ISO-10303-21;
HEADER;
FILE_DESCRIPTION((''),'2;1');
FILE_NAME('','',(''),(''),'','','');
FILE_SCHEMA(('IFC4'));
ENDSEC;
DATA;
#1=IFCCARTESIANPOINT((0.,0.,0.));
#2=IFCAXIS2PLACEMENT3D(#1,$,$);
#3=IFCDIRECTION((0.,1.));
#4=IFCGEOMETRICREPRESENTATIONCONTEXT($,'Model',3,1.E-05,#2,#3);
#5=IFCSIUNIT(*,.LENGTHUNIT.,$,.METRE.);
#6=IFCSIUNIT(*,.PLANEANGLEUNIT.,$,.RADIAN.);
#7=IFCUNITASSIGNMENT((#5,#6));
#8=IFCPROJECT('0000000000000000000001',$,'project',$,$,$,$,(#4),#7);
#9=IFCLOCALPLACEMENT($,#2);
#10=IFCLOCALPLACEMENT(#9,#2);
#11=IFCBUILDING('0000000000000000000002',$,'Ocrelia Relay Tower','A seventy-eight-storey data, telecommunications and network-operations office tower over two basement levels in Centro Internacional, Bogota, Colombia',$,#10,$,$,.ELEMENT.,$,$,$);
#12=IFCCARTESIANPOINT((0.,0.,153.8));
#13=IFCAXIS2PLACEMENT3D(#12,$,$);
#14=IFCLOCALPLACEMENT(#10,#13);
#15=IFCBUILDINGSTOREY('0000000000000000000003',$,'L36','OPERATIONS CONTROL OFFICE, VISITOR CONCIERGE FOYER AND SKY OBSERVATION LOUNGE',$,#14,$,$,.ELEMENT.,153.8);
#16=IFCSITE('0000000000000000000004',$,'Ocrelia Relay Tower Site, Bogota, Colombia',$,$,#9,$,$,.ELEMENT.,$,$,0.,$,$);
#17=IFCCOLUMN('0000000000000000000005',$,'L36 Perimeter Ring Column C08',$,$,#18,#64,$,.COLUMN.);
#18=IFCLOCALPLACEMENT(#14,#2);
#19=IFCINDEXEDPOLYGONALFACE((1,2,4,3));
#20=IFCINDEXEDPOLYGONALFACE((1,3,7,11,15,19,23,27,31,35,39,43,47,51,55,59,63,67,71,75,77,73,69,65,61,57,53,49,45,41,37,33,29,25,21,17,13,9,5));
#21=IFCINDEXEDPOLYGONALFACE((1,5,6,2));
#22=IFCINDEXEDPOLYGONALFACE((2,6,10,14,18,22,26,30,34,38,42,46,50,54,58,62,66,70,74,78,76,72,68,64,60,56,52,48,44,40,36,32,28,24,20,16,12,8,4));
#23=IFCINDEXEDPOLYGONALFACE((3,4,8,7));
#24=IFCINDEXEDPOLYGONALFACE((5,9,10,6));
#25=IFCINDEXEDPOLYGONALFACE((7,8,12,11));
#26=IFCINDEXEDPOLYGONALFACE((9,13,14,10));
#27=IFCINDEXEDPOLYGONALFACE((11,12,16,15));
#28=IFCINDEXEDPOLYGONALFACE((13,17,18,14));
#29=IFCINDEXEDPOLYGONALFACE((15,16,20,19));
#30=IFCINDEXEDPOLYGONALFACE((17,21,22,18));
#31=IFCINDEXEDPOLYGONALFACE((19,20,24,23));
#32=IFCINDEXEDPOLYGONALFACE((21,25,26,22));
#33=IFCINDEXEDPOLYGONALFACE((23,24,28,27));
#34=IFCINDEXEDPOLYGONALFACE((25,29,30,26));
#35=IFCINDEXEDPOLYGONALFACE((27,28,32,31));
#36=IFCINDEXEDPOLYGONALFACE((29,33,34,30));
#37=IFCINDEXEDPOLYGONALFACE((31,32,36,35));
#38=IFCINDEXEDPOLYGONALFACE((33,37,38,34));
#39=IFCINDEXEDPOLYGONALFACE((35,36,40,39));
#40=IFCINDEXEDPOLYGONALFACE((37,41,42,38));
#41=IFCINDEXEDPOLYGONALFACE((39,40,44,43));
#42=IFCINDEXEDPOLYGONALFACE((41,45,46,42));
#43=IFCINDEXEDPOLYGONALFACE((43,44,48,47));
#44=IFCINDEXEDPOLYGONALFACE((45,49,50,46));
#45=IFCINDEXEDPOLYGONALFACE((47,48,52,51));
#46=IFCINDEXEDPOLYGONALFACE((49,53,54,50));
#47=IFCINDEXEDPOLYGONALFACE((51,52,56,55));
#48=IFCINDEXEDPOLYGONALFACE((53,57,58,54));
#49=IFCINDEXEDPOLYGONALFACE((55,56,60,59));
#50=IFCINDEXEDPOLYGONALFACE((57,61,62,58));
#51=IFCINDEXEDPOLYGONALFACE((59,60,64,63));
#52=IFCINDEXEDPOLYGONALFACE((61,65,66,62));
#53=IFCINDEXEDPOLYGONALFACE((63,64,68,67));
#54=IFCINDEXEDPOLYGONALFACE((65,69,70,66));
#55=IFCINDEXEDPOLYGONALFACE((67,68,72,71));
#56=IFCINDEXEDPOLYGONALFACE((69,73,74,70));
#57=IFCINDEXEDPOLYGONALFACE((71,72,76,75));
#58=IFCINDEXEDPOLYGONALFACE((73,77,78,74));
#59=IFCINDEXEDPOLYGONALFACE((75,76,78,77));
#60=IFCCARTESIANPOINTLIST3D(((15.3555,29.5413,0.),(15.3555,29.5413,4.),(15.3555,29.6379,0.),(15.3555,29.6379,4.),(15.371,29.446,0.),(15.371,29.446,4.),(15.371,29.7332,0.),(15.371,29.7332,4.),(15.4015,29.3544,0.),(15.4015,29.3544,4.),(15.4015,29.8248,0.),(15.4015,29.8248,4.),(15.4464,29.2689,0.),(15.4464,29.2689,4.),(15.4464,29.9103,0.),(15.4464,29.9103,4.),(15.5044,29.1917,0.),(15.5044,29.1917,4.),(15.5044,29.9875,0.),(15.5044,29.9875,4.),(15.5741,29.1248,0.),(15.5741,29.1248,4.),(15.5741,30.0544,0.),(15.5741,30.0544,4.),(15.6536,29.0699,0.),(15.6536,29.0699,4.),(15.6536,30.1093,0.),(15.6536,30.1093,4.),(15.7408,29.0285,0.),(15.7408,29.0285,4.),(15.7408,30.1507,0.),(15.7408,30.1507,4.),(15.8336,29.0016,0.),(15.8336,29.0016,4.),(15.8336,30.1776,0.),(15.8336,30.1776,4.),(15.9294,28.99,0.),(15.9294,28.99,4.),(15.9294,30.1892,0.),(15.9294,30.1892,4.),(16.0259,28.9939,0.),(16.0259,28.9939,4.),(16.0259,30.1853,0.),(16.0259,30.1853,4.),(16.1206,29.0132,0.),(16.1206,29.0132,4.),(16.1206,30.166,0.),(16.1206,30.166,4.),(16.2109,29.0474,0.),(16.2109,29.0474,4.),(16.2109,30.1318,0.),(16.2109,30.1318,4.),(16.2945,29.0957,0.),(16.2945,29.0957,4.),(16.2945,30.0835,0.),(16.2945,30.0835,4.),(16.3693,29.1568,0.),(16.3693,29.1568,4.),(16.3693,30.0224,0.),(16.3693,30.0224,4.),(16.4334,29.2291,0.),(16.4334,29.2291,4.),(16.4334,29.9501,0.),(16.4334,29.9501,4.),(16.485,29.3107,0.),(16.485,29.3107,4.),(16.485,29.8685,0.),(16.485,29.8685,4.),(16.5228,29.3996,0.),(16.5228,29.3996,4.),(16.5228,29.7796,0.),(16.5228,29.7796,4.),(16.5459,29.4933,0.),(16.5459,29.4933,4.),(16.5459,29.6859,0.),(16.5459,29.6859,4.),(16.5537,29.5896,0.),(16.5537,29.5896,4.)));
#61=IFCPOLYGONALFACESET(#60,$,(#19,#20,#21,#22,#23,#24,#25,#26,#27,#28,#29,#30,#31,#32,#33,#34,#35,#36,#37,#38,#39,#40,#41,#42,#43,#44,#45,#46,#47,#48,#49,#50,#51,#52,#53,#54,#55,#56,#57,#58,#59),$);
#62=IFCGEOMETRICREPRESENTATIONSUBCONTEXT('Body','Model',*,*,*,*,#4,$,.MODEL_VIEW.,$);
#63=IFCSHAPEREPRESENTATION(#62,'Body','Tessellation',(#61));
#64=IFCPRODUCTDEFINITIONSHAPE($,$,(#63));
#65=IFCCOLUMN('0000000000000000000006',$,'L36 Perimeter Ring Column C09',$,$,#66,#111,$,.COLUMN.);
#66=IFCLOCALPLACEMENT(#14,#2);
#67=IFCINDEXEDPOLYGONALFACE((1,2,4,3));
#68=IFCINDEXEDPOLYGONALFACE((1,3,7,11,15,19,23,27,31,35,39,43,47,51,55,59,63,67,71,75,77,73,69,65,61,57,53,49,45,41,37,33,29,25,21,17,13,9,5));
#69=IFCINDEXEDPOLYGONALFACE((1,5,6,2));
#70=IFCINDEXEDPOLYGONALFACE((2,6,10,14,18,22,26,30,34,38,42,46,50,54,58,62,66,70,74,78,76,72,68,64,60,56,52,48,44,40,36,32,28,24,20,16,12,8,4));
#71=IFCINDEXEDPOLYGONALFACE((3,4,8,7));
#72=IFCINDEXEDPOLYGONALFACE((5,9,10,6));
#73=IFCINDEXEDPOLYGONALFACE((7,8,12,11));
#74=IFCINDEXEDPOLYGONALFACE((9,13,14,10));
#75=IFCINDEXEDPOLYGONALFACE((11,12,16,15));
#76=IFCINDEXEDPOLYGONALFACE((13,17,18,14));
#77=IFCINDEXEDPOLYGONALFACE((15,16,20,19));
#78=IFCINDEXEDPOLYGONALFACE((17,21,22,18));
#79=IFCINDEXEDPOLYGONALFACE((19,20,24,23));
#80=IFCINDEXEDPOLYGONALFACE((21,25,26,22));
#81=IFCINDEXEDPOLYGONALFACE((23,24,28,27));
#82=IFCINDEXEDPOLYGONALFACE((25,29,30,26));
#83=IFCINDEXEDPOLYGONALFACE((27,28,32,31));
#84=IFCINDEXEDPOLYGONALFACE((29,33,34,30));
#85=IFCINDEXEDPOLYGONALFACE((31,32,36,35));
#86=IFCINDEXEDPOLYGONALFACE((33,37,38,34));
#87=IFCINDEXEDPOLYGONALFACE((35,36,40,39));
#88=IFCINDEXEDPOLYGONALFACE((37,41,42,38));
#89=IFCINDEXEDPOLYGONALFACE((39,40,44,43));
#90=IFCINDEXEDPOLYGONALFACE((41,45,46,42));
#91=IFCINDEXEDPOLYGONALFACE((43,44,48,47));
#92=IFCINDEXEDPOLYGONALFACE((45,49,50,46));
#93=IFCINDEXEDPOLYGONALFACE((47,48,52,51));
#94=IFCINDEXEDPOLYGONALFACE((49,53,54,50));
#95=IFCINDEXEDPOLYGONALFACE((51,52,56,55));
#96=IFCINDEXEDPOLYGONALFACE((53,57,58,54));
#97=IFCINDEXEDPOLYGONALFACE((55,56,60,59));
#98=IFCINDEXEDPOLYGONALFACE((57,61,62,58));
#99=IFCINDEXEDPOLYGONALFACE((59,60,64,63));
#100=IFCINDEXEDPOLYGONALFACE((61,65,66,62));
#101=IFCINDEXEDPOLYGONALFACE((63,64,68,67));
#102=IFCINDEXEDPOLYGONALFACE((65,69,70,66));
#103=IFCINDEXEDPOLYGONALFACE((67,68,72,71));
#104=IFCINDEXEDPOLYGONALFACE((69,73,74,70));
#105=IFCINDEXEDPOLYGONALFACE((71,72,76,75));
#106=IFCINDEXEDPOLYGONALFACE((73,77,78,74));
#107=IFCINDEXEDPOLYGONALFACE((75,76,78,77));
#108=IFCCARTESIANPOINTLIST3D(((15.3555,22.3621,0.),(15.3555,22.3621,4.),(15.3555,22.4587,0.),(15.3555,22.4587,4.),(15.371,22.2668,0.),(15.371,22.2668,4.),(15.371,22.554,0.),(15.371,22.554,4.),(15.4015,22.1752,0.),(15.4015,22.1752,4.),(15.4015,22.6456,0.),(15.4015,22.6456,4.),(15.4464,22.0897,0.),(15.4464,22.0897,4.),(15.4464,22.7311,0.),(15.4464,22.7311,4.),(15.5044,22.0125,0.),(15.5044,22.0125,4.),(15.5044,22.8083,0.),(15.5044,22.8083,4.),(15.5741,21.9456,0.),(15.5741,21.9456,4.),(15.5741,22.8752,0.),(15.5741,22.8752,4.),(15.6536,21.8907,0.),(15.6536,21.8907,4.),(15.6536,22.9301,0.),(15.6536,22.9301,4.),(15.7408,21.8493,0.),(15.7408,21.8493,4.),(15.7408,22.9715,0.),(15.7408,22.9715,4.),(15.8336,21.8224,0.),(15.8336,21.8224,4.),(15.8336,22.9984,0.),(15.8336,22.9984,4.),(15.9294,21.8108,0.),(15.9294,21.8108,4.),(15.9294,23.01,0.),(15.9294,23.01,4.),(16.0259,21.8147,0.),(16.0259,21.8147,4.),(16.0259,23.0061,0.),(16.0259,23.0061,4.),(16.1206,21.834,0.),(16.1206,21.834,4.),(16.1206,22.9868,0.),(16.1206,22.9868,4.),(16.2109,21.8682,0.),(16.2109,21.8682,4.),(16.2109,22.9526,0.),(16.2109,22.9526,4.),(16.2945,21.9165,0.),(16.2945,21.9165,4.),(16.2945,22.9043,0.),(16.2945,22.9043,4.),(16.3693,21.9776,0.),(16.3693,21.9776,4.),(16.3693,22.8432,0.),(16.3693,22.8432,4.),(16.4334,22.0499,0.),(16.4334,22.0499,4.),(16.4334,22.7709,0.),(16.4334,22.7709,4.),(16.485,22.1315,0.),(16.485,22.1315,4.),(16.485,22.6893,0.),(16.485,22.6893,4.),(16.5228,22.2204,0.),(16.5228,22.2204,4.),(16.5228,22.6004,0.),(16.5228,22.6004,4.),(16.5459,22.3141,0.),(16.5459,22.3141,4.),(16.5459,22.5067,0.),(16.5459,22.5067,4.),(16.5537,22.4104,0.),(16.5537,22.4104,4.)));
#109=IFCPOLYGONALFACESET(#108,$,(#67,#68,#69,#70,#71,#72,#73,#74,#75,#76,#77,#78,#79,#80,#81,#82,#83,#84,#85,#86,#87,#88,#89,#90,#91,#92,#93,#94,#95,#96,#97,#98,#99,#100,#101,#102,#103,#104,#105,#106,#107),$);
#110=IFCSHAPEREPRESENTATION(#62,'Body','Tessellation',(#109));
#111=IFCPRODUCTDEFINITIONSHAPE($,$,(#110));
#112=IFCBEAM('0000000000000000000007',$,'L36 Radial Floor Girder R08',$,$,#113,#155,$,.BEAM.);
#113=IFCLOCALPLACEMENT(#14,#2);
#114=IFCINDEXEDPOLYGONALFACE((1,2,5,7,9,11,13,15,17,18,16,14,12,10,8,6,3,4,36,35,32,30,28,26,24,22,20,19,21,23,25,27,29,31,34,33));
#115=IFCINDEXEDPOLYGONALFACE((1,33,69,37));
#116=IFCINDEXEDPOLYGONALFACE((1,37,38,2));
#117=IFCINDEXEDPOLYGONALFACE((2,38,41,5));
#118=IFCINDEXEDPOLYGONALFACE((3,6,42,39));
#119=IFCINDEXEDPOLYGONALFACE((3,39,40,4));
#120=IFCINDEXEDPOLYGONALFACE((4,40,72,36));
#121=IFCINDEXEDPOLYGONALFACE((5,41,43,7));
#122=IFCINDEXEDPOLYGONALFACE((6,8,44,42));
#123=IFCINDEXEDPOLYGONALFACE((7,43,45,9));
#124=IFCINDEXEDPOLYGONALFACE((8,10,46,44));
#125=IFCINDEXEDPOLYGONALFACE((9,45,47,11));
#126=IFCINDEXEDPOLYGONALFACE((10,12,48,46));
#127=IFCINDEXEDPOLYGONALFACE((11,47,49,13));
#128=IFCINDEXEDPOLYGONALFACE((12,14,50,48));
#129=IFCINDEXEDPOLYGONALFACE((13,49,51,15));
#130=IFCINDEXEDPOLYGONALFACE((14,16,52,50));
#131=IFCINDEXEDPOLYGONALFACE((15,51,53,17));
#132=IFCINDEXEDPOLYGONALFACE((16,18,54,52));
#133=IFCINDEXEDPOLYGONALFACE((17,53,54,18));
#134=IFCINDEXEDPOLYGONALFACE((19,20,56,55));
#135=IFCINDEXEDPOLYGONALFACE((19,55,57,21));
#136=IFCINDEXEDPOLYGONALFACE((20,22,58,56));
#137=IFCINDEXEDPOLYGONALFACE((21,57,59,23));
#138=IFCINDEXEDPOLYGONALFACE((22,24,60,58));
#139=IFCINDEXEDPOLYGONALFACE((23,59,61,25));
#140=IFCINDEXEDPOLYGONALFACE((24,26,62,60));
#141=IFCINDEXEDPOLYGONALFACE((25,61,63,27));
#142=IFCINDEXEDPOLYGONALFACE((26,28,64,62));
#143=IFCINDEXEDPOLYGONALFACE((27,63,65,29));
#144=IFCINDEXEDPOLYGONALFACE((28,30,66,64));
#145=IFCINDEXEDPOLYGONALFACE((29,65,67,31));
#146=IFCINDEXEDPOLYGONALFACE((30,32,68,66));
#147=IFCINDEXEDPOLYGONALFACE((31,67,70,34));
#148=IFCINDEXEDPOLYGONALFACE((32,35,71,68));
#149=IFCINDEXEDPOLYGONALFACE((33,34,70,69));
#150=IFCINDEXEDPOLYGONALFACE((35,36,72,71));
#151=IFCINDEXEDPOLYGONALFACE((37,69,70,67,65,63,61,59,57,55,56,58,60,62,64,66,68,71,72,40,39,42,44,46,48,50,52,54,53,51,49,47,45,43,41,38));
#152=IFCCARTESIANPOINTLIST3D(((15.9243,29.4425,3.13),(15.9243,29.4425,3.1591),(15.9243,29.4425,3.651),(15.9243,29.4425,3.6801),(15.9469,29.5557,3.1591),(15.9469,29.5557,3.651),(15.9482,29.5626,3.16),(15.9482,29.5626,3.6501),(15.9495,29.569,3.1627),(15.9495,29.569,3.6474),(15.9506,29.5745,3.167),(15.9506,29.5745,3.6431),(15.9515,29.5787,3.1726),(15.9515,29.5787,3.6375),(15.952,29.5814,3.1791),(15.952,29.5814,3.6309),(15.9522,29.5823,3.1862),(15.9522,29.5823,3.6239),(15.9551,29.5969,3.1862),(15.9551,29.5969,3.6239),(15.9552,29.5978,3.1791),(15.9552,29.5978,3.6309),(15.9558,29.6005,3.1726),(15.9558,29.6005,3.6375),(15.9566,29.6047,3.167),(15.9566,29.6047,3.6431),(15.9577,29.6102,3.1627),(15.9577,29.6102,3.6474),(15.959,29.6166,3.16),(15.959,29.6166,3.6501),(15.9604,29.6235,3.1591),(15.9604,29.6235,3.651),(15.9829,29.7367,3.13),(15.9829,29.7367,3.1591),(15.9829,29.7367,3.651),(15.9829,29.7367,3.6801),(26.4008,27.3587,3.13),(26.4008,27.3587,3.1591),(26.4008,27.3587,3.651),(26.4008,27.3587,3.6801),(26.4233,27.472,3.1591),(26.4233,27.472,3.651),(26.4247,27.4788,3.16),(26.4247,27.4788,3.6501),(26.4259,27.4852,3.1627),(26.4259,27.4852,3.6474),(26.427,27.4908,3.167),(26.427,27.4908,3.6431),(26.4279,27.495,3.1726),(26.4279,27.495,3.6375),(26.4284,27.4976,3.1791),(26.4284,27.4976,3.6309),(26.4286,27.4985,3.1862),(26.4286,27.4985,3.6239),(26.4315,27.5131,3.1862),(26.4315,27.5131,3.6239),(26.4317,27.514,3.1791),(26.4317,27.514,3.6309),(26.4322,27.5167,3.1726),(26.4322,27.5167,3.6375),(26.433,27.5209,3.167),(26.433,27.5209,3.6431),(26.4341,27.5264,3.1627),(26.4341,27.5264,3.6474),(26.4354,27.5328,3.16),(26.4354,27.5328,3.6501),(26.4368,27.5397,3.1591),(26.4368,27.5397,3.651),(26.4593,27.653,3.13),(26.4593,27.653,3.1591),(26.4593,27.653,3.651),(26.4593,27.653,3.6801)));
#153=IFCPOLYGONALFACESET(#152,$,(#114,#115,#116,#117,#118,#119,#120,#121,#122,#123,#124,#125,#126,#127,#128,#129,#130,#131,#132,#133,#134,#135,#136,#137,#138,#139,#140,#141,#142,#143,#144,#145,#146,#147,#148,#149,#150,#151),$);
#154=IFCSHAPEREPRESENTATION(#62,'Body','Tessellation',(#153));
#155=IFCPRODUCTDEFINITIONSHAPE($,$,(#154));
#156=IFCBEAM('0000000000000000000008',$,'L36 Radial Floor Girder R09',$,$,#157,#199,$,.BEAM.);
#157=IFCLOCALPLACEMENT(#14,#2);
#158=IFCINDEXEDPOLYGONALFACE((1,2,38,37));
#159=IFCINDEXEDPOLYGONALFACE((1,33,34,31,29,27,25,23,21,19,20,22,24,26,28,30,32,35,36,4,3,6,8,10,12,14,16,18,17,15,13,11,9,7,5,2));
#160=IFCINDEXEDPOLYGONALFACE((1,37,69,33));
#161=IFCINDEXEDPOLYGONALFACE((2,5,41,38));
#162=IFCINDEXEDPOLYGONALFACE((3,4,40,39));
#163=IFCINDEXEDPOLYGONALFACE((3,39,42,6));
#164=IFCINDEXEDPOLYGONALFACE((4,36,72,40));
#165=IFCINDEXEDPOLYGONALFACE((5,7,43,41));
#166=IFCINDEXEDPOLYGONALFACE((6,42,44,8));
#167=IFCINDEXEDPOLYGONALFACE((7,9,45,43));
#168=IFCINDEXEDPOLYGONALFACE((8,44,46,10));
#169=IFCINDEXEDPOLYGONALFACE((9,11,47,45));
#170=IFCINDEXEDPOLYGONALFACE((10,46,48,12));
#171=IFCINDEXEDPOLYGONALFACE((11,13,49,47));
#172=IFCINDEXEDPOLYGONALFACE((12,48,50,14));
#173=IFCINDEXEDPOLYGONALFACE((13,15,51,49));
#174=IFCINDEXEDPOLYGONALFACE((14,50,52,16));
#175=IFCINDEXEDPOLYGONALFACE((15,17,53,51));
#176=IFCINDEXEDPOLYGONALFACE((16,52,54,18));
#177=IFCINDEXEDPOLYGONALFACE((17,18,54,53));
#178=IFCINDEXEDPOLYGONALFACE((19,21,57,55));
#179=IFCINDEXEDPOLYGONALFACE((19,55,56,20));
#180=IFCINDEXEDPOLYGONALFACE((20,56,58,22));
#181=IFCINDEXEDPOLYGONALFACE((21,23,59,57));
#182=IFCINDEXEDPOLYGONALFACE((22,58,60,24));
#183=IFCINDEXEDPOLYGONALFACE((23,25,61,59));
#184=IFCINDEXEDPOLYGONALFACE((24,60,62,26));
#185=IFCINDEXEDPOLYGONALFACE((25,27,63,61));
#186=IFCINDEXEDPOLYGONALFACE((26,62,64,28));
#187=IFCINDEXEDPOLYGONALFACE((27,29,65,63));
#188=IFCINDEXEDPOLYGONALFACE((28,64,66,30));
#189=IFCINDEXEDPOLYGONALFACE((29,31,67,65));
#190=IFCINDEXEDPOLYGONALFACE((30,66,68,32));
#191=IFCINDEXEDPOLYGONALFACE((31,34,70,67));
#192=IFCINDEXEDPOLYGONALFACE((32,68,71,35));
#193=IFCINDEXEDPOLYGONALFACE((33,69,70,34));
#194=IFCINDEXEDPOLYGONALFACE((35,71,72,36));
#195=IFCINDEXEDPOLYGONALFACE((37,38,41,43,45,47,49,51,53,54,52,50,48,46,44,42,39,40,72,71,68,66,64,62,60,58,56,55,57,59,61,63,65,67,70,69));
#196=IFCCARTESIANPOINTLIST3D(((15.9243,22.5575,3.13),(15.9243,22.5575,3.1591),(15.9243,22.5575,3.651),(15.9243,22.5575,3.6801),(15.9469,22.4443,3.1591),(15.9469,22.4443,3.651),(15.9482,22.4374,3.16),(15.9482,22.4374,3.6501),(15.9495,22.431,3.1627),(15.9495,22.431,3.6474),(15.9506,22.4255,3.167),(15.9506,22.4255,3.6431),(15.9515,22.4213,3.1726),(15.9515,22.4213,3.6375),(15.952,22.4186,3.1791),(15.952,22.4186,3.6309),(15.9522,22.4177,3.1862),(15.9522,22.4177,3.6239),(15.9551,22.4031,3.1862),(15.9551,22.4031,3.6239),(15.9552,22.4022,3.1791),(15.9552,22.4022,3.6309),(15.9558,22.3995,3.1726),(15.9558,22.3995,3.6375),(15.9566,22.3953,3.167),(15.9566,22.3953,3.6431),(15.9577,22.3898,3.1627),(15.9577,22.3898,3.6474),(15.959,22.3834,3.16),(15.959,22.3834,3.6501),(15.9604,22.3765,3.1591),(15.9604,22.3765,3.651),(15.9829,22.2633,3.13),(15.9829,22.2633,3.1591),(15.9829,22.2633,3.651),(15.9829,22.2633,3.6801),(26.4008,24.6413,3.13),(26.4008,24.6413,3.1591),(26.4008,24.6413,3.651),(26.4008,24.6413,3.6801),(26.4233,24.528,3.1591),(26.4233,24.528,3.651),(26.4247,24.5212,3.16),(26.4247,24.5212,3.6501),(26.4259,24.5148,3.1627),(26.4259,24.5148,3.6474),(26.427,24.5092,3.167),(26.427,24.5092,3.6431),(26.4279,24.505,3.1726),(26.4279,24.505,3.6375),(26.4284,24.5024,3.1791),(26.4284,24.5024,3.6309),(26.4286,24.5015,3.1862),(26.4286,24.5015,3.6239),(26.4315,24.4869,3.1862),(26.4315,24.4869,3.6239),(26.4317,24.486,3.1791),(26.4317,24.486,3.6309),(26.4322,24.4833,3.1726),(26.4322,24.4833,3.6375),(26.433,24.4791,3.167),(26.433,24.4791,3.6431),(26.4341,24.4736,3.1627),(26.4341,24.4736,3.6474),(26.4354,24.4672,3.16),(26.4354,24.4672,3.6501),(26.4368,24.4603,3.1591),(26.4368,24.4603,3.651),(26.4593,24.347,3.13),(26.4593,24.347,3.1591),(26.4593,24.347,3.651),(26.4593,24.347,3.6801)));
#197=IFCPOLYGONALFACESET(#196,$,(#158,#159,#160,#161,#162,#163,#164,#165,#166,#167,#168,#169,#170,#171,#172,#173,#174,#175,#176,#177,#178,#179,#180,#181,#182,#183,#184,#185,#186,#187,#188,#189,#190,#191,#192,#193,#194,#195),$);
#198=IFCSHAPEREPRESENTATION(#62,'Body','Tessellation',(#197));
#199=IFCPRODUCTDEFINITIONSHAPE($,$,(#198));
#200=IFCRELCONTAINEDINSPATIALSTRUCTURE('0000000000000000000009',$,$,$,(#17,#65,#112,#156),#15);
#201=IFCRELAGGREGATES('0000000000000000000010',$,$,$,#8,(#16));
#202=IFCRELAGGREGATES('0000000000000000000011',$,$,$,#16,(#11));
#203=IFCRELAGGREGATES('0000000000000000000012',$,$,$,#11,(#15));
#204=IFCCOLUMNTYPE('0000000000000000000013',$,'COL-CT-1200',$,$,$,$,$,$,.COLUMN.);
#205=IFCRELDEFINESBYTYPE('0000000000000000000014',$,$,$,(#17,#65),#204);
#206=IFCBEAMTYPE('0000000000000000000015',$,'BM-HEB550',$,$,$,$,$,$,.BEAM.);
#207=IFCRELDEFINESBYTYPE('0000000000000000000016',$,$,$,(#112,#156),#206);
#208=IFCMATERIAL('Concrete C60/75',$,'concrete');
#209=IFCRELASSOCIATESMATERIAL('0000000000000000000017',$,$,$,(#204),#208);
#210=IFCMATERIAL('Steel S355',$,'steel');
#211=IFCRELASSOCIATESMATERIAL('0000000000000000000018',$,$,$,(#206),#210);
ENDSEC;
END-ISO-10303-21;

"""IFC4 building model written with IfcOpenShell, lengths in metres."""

from ifc_helpers import new_model, si_unit, direction, frame, origin, origin_2d, place, context, subcontext, project, spatial, circle, i_section, extrude, material, material_profile, profile_set, type_object, element, save


model = new_model("IFC4")

# Units and contexts
model_context = context("Model", 3, precision=1e-05, world=origin(), true_north=direction((0.0, 1.0)))
body_context = subcontext(model_context, "Body", "Model", "MODEL_VIEW")
ifc_project = project(units=[si_unit("LENGTHUNIT", "METRE"), si_unit("PLANEANGLEUNIT", "RADIAN")], contexts=[model_context])

# Site, building, storey
site_placement = place(None, origin())
site = spatial("IfcSite", under=ifc_project, at=site_placement, Name="Ocrelia Relay Tower Site, Bogota, Colombia", CompositionType="ELEMENT", RefElevation=0.0)
building_placement = place(site_placement, origin())
building = spatial("IfcBuilding", under=site, at=building_placement, Name="Ocrelia Relay Tower", Description="A seventy-eight-storey data, telecommunications and network-operations office tower over two basement levels in Centro Internacional, Bogota, Colombia", CompositionType="ELEMENT")
storey_placement = place(building_placement, frame((0.0, 0.0, 153.8)))
storey = spatial("IfcBuildingStorey", under=building, at=storey_placement, Name="L36", Description="OPERATIONS CONTROL OFFICE, VISITOR CONCIERGE FOYER AND SKY OBSERVATION LOUNGE", CompositionType="ELEMENT", Elevation=153.8)

# Columns
ifc_material_1 = material(Name="Concrete C60/75", Category="concrete")
ifc_material_profile_1 = material_profile(ifc_material_1, circle(Radius=0.6001, at=origin_2d()), Name="RC-CIR-1200")
ifc_profile_set_1 = profile_set([ifc_material_profile_1], Name="Concrete C60/75")
column_type = type_object("IfcColumnType", Name="COL-CT-1200", PredefinedType="COLUMN", material=ifc_profile_set_1)
for number, where, z_axis, x_axis, name in (
    (1, (15.9536, 29.5896, 0.0), (0.0, 0.0, 1.0), (1.0, 0.0, 0.0), "L36 Perimeter Ring Column C08"),
    (2, (15.9536, 22.4104, 0.0), (0.0, 0.0, 1.0), (1.0, 0.0, 0.0), "L36 Perimeter Ring Column C09"),
):
    element("IfcColumn", number, at=place(storey_placement, frame(where, z_axis=z_axis, x_axis=x_axis)), inside=storey, type_object=column_type, Name=name, PredefinedType="COLUMN", context=body_context, shape_type="SweptSolid", body=[
        extrude(circle(Radius=0.6001, at=origin_2d()), origin(), (0.0, 0.0, 1.0), 4.0),
    ])

# Beams
ifc_material_2 = material(Name="Steel S355", Category="steel")
ifc_material_profile_2 = material_profile(ifc_material_2, i_section(OverallWidth=0.3, OverallDepth=0.55, WebThickness=0.0149, FlangeThickness=0.0291, FilletRadius=0.0271, at=origin_2d()), Name="HEB 550")
ifc_profile_set_2 = profile_set([ifc_material_profile_2], Name="Steel S355")
beam_type_1 = type_object("IfcBeamType", Name="BM-HEB550", PredefinedType="BEAM", material=ifc_profile_set_2)
for number, where, z_axis, x_axis, name in (
    (3, (15.9536, 29.5896, 3.405), (0.980788, -0.195079, 0.0), (0.195079, 0.980788, 0.0), "L36 Radial Floor Girder R08"),
    (4, (15.9536, 22.4104, 3.405), (0.980788, 0.195079, 0.0), (-0.195079, 0.980788, 0.0), "L36 Radial Floor Girder R09"),
):
    element("IfcBeam", number, at=place(storey_placement, frame(where, z_axis=z_axis, x_axis=x_axis)), inside=storey, type_object=beam_type_1, Name=name, PredefinedType="BEAM", context=body_context, shape_type="SweptSolid", body=[
        extrude(i_section(OverallWidth=0.3, OverallDepth=0.55, WebThickness=0.0149, FlangeThickness=0.0291, FilletRadius=0.0271, at=origin_2d()), origin(), (0.0, 0.0, 1.0), 10.6816),
    ])

save(model, "model.ifc")
